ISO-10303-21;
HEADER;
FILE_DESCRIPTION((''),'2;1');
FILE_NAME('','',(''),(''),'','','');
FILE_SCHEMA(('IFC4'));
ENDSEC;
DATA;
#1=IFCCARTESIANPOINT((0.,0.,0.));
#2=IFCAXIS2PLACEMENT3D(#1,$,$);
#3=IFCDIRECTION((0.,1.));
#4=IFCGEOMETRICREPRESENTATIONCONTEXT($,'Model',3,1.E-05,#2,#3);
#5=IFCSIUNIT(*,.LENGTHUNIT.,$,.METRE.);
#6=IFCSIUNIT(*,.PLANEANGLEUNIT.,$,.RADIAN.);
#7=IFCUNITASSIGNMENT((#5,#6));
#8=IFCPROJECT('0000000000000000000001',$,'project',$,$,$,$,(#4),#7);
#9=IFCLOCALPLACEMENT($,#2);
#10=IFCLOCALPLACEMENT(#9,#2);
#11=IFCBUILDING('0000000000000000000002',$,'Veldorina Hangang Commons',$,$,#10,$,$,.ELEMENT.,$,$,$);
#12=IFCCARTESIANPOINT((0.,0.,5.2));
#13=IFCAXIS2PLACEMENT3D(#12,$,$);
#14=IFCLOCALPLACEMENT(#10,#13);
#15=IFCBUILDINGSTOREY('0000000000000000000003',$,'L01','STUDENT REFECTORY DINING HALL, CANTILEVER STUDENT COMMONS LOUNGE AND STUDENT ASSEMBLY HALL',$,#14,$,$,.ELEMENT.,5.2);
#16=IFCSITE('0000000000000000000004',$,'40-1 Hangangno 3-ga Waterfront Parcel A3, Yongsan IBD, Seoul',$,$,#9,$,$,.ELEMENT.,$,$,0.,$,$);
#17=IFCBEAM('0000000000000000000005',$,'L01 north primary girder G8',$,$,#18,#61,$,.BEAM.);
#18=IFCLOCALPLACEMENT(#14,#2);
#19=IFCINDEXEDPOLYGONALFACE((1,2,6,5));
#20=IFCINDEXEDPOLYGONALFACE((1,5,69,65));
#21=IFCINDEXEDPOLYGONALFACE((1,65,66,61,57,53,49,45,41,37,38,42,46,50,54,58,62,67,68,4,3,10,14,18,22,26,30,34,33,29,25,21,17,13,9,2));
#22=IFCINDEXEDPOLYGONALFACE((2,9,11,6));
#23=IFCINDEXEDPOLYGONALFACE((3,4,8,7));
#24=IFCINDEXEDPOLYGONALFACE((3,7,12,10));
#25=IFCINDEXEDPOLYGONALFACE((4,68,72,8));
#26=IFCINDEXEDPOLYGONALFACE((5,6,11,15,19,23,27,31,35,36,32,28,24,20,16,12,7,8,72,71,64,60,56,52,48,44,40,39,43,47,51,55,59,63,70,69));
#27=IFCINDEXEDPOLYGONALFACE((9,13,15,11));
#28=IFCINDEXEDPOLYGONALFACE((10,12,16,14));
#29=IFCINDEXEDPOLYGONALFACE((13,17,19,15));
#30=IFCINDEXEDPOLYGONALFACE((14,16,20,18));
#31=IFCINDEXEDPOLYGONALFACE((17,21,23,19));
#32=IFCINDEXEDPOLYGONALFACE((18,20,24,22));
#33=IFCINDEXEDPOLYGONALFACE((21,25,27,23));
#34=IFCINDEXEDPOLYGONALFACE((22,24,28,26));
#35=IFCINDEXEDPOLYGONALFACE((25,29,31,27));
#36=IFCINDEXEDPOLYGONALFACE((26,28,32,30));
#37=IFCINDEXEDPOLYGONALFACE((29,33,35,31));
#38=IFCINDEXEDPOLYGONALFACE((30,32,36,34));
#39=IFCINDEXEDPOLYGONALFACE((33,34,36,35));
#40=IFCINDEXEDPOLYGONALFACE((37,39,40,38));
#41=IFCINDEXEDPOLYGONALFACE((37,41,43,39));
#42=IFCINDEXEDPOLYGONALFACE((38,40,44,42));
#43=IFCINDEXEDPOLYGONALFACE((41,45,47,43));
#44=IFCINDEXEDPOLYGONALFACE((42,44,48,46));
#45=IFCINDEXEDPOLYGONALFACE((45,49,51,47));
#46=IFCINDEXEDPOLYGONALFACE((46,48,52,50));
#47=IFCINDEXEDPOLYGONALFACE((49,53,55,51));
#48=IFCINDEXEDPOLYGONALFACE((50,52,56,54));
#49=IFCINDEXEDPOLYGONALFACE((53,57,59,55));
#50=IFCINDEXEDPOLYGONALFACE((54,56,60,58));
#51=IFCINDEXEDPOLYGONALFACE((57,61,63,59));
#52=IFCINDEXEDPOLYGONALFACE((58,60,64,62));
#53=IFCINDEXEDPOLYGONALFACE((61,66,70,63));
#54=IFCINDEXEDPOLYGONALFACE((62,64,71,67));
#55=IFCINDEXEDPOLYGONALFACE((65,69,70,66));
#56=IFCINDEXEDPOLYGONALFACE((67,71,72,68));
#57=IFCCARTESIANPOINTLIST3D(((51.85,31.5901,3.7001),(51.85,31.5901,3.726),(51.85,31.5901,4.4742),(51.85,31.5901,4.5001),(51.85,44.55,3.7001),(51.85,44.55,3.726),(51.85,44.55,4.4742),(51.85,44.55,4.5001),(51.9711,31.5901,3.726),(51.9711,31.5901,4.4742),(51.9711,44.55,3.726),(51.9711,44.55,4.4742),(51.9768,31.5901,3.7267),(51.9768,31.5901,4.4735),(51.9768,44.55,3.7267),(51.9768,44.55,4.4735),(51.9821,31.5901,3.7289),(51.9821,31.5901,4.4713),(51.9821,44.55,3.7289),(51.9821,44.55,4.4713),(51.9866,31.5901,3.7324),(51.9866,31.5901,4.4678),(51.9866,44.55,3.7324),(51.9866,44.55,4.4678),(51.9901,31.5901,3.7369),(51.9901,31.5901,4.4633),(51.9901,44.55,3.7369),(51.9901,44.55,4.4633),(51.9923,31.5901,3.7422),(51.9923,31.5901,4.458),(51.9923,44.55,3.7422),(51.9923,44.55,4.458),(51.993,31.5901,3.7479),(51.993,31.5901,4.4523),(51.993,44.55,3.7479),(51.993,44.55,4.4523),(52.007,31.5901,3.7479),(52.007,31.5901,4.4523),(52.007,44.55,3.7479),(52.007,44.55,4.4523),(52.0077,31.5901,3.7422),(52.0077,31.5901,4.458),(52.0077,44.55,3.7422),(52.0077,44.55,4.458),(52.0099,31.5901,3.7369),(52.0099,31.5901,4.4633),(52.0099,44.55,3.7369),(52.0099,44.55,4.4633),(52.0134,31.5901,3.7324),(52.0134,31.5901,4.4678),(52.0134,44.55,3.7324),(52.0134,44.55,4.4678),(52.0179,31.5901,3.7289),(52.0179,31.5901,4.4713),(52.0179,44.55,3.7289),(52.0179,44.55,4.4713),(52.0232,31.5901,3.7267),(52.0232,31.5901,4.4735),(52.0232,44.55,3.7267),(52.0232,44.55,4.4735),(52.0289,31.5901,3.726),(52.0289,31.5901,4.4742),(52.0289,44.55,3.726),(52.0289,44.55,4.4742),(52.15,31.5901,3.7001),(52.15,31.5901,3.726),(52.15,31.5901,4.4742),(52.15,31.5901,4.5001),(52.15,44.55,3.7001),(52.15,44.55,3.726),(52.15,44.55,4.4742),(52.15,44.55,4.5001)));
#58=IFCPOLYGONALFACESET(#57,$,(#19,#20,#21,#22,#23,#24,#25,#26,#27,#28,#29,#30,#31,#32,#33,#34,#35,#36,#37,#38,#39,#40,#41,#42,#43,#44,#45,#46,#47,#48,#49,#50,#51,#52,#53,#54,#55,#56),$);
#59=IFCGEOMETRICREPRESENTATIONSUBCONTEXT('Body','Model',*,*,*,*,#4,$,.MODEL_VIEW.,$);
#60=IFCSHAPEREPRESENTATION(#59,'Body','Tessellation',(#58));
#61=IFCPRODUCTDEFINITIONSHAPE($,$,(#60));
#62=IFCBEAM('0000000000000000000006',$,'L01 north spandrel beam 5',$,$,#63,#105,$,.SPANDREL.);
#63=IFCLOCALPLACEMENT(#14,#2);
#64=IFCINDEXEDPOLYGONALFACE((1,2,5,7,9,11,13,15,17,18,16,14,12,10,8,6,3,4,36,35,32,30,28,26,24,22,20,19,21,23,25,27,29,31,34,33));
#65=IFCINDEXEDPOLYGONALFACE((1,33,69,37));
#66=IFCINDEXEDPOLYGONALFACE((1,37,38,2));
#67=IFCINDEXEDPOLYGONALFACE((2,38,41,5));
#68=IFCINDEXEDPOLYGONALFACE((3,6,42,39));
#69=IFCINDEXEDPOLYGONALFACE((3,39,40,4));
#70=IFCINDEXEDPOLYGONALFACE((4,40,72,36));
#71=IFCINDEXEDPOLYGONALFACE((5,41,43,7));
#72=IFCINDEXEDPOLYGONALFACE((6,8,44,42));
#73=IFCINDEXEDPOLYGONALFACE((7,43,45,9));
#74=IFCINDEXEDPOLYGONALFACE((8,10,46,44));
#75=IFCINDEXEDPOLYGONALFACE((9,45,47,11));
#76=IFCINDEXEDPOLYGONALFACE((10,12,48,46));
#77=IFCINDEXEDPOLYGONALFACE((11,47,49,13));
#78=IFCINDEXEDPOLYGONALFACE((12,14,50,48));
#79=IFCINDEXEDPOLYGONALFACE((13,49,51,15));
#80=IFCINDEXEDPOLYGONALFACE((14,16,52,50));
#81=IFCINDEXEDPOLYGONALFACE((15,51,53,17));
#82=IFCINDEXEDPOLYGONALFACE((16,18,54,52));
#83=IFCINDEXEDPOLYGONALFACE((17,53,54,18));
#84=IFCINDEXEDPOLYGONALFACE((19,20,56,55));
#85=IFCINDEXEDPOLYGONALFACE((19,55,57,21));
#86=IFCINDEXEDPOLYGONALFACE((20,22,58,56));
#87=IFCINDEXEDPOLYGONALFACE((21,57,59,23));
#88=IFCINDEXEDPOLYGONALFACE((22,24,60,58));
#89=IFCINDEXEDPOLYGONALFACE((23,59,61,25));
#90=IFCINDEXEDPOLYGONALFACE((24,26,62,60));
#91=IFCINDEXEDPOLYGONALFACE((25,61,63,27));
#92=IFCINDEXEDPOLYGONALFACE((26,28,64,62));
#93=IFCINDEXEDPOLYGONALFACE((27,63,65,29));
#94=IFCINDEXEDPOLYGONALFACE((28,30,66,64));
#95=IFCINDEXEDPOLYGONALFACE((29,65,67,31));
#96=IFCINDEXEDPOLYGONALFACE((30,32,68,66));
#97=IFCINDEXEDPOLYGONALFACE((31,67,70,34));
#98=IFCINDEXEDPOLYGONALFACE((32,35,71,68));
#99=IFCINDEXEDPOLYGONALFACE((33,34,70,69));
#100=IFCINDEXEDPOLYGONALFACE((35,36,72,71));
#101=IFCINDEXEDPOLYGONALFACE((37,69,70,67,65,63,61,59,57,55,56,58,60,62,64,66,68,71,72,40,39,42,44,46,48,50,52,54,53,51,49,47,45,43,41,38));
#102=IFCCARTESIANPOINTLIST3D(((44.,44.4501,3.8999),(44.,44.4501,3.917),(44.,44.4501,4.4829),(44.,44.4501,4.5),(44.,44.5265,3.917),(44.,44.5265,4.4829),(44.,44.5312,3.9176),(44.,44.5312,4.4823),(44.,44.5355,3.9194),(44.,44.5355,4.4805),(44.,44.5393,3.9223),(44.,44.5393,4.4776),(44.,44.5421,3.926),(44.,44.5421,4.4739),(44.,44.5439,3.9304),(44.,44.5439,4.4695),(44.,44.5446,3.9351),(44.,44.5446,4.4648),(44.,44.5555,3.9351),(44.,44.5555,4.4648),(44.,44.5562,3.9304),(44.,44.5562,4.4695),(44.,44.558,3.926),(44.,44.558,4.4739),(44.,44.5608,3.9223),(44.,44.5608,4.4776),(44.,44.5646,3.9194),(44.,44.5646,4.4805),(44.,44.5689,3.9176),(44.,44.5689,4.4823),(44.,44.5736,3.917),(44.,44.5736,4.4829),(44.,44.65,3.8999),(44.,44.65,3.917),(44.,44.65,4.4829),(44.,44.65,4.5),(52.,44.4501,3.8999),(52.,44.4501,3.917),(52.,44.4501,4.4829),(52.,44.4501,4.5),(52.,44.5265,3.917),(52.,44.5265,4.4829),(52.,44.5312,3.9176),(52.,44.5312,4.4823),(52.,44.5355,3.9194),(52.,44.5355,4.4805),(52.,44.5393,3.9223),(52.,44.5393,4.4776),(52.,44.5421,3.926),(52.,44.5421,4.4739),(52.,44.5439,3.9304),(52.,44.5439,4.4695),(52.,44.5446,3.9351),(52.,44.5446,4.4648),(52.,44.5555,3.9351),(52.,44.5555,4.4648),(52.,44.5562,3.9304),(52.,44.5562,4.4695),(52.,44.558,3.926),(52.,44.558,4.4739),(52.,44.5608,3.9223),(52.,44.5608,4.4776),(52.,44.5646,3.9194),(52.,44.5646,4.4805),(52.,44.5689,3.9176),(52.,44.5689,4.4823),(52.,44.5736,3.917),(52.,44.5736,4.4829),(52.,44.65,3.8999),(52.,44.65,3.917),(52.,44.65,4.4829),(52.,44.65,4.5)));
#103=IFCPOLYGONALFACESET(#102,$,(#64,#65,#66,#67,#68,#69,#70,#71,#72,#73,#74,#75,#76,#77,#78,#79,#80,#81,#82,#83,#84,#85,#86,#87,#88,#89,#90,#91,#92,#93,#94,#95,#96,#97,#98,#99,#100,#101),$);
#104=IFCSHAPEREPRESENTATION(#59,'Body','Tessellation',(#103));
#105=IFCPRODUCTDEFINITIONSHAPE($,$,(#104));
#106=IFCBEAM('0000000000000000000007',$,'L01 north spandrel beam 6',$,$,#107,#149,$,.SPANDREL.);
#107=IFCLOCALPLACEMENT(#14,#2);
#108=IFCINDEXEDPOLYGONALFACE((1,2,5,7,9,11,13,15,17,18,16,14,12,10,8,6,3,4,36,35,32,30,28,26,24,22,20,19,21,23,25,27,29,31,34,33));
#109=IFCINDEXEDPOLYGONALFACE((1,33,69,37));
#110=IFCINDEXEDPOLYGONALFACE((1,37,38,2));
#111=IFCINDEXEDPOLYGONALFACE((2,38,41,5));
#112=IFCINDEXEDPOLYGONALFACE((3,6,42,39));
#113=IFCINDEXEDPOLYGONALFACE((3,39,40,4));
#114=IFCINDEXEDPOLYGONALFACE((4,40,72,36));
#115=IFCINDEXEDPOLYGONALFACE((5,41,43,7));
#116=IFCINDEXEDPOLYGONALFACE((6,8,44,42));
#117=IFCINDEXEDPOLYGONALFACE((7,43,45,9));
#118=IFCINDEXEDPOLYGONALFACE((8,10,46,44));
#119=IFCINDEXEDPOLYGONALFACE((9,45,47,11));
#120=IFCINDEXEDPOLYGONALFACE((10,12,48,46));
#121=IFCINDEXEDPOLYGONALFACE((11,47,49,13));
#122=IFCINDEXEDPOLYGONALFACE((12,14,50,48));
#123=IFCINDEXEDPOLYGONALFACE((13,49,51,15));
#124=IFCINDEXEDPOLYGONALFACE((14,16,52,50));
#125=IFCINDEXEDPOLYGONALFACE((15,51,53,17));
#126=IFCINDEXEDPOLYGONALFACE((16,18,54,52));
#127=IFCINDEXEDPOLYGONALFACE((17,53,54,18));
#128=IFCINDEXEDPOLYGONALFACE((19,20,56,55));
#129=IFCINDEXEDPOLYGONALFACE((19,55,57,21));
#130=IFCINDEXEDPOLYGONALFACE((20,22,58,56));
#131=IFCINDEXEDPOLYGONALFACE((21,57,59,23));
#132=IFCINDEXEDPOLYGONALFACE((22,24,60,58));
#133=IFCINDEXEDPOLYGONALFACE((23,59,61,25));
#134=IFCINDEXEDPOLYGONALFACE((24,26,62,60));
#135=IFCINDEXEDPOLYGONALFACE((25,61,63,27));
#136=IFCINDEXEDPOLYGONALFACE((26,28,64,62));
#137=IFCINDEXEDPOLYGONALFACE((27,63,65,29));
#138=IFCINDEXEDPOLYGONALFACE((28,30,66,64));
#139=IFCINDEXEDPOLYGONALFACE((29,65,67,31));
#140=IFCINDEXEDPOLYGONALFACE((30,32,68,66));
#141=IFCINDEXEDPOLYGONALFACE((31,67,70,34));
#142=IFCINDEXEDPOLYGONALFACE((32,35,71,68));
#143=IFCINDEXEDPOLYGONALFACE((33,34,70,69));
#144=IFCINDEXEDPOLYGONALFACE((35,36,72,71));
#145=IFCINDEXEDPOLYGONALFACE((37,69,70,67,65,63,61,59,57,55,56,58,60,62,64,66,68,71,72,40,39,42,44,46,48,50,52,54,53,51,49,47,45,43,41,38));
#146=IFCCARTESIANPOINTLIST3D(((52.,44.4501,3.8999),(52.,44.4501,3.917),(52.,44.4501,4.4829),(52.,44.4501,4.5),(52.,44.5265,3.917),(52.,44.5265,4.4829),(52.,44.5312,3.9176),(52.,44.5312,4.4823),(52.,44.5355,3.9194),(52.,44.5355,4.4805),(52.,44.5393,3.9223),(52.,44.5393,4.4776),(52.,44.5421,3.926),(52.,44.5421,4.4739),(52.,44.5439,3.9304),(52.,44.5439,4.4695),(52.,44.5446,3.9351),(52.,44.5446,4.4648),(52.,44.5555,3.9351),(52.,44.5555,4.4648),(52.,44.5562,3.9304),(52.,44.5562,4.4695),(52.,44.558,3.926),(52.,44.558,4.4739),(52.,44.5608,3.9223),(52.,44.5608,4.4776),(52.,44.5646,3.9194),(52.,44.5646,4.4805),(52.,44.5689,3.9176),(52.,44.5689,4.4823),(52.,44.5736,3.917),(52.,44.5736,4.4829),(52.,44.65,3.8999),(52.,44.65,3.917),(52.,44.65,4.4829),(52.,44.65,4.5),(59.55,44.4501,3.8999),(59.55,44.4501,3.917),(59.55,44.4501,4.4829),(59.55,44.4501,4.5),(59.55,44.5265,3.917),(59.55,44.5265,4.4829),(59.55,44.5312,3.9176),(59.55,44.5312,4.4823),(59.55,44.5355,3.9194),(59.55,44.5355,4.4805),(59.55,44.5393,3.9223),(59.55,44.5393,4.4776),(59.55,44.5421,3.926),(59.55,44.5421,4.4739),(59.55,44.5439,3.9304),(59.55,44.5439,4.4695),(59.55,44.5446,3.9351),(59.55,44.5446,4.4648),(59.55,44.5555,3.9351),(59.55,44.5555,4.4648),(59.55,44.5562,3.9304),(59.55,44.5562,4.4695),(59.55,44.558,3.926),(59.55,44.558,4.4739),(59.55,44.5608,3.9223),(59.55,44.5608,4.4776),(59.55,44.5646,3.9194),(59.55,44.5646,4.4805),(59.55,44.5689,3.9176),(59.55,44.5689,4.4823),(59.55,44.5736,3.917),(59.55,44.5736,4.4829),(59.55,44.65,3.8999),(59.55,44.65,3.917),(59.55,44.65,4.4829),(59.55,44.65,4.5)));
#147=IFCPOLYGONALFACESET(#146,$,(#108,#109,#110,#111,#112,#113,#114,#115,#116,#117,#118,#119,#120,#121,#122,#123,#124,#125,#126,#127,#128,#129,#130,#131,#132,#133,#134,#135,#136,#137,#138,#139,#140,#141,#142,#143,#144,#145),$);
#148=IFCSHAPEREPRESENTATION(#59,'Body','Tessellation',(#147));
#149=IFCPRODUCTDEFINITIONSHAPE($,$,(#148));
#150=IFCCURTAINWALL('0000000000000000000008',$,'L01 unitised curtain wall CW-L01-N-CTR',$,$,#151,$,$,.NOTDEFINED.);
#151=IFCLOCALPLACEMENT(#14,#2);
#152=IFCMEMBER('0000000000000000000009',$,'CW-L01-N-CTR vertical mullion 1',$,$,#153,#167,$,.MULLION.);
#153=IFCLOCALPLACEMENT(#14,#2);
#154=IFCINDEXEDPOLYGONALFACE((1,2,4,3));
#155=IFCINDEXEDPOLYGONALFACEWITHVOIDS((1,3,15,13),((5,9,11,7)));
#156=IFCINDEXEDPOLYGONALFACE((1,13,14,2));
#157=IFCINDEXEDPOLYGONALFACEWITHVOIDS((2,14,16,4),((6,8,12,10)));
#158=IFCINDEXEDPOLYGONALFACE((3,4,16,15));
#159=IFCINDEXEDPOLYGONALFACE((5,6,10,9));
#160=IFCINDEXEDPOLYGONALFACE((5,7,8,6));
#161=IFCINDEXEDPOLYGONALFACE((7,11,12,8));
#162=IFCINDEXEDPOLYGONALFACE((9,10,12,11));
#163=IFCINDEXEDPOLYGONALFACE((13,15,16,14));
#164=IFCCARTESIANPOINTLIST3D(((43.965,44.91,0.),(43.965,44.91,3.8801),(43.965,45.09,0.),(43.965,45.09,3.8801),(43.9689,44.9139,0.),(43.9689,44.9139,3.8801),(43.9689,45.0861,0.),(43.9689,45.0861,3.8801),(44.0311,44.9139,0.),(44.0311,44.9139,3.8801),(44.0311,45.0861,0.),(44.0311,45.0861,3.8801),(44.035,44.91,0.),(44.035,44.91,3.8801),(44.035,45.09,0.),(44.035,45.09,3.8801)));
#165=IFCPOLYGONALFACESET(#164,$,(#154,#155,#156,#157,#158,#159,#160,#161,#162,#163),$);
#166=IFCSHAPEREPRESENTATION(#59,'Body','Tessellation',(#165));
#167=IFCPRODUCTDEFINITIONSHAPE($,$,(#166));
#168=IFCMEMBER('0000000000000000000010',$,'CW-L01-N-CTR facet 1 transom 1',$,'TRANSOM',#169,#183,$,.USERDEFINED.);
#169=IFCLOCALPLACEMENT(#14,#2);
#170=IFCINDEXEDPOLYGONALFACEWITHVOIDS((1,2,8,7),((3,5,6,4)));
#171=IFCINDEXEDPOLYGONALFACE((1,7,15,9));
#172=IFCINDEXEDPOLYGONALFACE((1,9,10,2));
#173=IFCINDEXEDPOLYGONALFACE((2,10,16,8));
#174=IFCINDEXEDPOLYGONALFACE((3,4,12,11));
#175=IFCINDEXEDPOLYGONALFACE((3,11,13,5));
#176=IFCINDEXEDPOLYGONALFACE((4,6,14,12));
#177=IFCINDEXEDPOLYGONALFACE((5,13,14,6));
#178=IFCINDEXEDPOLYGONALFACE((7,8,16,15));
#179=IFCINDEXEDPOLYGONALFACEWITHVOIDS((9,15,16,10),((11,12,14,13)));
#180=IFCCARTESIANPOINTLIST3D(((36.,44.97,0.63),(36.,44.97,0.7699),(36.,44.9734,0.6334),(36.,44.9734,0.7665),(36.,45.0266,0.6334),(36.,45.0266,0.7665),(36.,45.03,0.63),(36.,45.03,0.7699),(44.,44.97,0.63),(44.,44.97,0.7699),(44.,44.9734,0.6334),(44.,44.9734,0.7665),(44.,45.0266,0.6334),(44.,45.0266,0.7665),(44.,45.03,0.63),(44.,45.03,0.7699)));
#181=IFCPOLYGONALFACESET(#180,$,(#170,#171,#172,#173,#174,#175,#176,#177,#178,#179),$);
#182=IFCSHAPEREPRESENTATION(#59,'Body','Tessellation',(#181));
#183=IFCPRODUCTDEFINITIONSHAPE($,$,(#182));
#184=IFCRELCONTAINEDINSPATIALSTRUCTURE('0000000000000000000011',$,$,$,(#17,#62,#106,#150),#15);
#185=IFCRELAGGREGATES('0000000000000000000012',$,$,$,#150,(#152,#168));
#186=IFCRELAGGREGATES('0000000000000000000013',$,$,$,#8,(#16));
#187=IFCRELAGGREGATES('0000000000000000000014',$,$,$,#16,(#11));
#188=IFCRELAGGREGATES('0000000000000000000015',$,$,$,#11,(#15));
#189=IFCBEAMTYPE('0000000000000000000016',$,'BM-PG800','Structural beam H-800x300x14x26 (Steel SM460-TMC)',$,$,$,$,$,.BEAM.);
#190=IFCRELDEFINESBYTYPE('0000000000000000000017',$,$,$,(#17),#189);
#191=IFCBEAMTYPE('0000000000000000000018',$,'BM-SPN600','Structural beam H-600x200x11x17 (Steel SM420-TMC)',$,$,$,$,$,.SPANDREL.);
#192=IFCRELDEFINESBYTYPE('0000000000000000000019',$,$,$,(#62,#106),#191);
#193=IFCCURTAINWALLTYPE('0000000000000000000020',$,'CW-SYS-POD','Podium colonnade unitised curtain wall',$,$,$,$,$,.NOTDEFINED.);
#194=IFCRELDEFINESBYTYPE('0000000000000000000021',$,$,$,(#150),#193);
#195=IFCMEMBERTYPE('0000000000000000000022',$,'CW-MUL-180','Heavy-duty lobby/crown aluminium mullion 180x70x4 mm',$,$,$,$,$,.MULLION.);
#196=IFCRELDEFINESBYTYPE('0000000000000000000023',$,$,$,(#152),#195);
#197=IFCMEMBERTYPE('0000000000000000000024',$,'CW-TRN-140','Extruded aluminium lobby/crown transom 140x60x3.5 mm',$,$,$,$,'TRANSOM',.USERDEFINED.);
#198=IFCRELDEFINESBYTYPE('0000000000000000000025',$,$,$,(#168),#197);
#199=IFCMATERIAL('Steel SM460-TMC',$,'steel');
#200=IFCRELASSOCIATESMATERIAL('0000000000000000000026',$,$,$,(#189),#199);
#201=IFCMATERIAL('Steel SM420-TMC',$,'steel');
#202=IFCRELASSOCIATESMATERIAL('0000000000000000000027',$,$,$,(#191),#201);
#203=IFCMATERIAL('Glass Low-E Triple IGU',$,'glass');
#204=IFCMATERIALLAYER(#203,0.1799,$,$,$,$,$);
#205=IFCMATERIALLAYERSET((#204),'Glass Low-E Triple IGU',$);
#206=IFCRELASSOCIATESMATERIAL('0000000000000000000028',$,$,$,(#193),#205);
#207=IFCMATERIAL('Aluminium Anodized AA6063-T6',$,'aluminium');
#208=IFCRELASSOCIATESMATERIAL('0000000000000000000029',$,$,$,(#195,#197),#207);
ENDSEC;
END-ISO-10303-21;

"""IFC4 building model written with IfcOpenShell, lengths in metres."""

from ifc_helpers import new_model, si_unit, direction, frame, origin, origin_2d, place, context, subcontext, project, spatial, hollow_rectangle, i_section, extrude, material, layer, layer_set, material_profile, profile_set, type_object, element, aggregate, save


model = new_model("IFC4")

# Units and contexts
model_context = context("Model", 3, precision=1e-05, world=origin(), true_north=direction((0.0, 1.0)))
body_context = subcontext(model_context, "Body", "Model", "MODEL_VIEW")
ifc_project = project(units=[si_unit("LENGTHUNIT", "METRE"), si_unit("PLANEANGLEUNIT", "RADIAN")], contexts=[model_context])

# Site, building, storey
site_placement = place(None, origin())
site = spatial("IfcSite", under=ifc_project, at=site_placement, Name="40-1 Hangangno 3-ga Waterfront Parcel A3, Yongsan IBD, Seoul", CompositionType="ELEMENT", RefElevation=0.0)
building_placement = place(site_placement, origin())
building = spatial("IfcBuilding", under=site, at=building_placement, Name="Veldorina Hangang Commons", CompositionType="ELEMENT")
storey_placement = place(building_placement, frame((0.0, 0.0, 5.2)))
storey = spatial("IfcBuildingStorey", under=building, at=storey_placement, Name="L01", Description="STUDENT REFECTORY DINING HALL, CANTILEVER STUDENT COMMONS LOUNGE AND STUDENT ASSEMBLY HALL", CompositionType="ELEMENT", Elevation=5.2)

# Shared definitions
ifc_material_1 = material(Name="Steel SM460-TMC", Category="steel")

# Beams
ifc_material_profile_1 = material_profile(ifc_material_1, i_section(OverallWidth=0.3, OverallDepth=0.8, WebThickness=0.0139, FlangeThickness=0.0259, FilletRadius=0.022, at=origin_2d()), Name="H-800x300x14x26")
ifc_profile_set_1 = profile_set([ifc_material_profile_1], Name="Steel SM460-TMC")
beam_type_1 = type_object("IfcBeamType", Name="BM-PG800", Description="Structural beam H-800x300x14x26 (Steel SM460-TMC)", PredefinedType="BEAM", material=ifc_profile_set_1)
for number, where, z_axis, x_axis, name in (
    (1, (52.0, 31.5901, 4.1001), (0.0, 1.0, 0.0), (-1.0, 0.0, 0.0), "L01 north primary girder G8"),
):
    element("IfcBeam", number, at=place(storey_placement, frame(where, z_axis=z_axis, x_axis=x_axis)), inside=storey, type_object=beam_type_1, Name=name, PredefinedType="BEAM", context=body_context, shape_type="SweptSolid", body=[
        extrude(i_section(OverallWidth=0.3, OverallDepth=0.8, WebThickness=0.0139, FlangeThickness=0.0259, FilletRadius=0.022, at=origin_2d()), origin(), (0.0, 0.0, 1.0), 12.96),
    ])
ifc_material_2 = material(Name="Steel SM420-TMC", Category="steel")
ifc_material_profile_2 = material_profile(ifc_material_2, i_section(OverallWidth=0.2, OverallDepth=0.6001, WebThickness=0.011, FlangeThickness=0.0171, FilletRadius=0.0181, at=origin_2d()), Name="H-600x200x11x17")
ifc_profile_set_2 = profile_set([ifc_material_profile_2], Name="Steel SM420-TMC")
beam_type_2 = type_object("IfcBeamType", Name="BM-SPN600", Description="Structural beam H-600x200x11x17 (Steel SM420-TMC)", PredefinedType="SPANDREL", material=ifc_profile_set_2)
beam_1_placement = place(storey_placement, frame((44.0, 44.55, 4.2), z_axis=(1.0, 0.0, 0.0), x_axis=(0.0, 1.0, 0.0)))
element("IfcBeam", 2, at=beam_1_placement, inside=storey, type_object=beam_type_2, Name="L01 north spandrel beam 5", PredefinedType="SPANDREL", context=body_context, shape_type="SweptSolid", body=[
    extrude(i_section(OverallWidth=0.2, OverallDepth=0.6001, WebThickness=0.011, FlangeThickness=0.0171, FilletRadius=0.0181, at=origin_2d()), origin(), (0.0, 0.0, 1.0), 8.0),
])
beam_2_placement = place(storey_placement, frame((52.0, 44.55, 4.2), z_axis=(1.0, 0.0, 0.0), x_axis=(0.0, 1.0, 0.0)))
element("IfcBeam", 3, at=beam_2_placement, inside=storey, type_object=beam_type_2, Name="L01 north spandrel beam 6", PredefinedType="SPANDREL", context=body_context, shape_type="SweptSolid", body=[
    extrude(i_section(OverallWidth=0.2, OverallDepth=0.6001, WebThickness=0.011, FlangeThickness=0.0171, FilletRadius=0.0181, at=origin_2d()), origin(), (0.0, 0.0, 1.0), 7.55),
])

# Curtain wall, members
ifc_material_3 = material(Name="Glass Low-E Triple IGU", Category="glass")
ifc_layer_1 = layer(ifc_material_3, 0.1799)
ifc_layer_set_1 = layer_set([ifc_layer_1], Name="Glass Low-E Triple IGU")
curtain_wall_type = type_object("IfcCurtainWallType", Name="CW-SYS-POD", Description="Podium colonnade unitised curtain wall", PredefinedType="NOTDEFINED", material=ifc_layer_set_1)
curtain_wall_placement = place(storey_placement, origin())
curtain_wall = element("IfcCurtainWall", 4, at=curtain_wall_placement, inside=storey, type_object=curtain_wall_type, Name="L01 unitised curtain wall CW-L01-N-CTR", PredefinedType="NOTDEFINED")
ifc_material_4 = material(Name="Aluminium Anodized AA6063-T6", Category="aluminium")
ifc_material_profile_3 = material_profile(ifc_material_4, hollow_rectangle(XDim=0.0701, YDim=0.1799, WallThickness=0.0039, at=origin_2d()), Name="ALU-RHS-180x70x4")
ifc_profile_set_3 = profile_set([ifc_material_profile_3], Name="Aluminium Anodized AA6063-T6")
member_type_1 = type_object("IfcMemberType", Name="CW-MUL-180", Description="Heavy-duty lobby/crown aluminium mullion 180x70x4 mm", PredefinedType="MULLION", material=ifc_profile_set_3)
member_1_placement = place(storey_placement, frame((44.0, 45.0, 0.0), z_axis=(0.0, 0.0, 1.0), x_axis=(-1.0, 0.0, 0.0)))
member_1 = element("IfcMember", 5, at=member_1_placement, type_object=member_type_1, Name="CW-L01-N-CTR vertical mullion 1", PredefinedType="MULLION", context=body_context, shape_type="SweptSolid", body=[
    extrude(hollow_rectangle(XDim=0.0701, YDim=0.1799, WallThickness=0.0039, at=origin_2d()), origin(), (0.0, 0.0, 1.0), 3.8801),
])
ifc_material_profile_4 = material_profile(ifc_material_4, hollow_rectangle(XDim=0.0601, YDim=0.1399, WallThickness=0.0034, at=origin_2d()), Name="ALU-RHS-140x60x3.5")
ifc_profile_set_4 = profile_set([ifc_material_profile_4], Name="Aluminium Anodized AA6063-T6")
member_type_2 = type_object("IfcMemberType", Name="CW-TRN-140", Description="Extruded aluminium lobby/crown transom 140x60x3.5 mm", ElementType="TRANSOM", PredefinedType="USERDEFINED", material=ifc_profile_set_4)
member_2_placement = place(storey_placement, frame((44.0, 45.0, 0.7), z_axis=(-1.0, 0.0, 0.0), x_axis=(0.0, -1.0, 0.0)))
member_2 = element("IfcMember", 6, at=member_2_placement, type_object=member_type_2, Name="CW-L01-N-CTR facet 1 transom 1", ObjectType="TRANSOM", PredefinedType="USERDEFINED", context=body_context, shape_type="SweptSolid", body=[
    extrude(hollow_rectangle(XDim=0.0601, YDim=0.1399, WallThickness=0.0034, at=origin_2d()), origin(), (0.0, 0.0, 1.0), 8.0),
])
aggregate(curtain_wall, [member_1, member_2])

save(model, "model.ifc")
